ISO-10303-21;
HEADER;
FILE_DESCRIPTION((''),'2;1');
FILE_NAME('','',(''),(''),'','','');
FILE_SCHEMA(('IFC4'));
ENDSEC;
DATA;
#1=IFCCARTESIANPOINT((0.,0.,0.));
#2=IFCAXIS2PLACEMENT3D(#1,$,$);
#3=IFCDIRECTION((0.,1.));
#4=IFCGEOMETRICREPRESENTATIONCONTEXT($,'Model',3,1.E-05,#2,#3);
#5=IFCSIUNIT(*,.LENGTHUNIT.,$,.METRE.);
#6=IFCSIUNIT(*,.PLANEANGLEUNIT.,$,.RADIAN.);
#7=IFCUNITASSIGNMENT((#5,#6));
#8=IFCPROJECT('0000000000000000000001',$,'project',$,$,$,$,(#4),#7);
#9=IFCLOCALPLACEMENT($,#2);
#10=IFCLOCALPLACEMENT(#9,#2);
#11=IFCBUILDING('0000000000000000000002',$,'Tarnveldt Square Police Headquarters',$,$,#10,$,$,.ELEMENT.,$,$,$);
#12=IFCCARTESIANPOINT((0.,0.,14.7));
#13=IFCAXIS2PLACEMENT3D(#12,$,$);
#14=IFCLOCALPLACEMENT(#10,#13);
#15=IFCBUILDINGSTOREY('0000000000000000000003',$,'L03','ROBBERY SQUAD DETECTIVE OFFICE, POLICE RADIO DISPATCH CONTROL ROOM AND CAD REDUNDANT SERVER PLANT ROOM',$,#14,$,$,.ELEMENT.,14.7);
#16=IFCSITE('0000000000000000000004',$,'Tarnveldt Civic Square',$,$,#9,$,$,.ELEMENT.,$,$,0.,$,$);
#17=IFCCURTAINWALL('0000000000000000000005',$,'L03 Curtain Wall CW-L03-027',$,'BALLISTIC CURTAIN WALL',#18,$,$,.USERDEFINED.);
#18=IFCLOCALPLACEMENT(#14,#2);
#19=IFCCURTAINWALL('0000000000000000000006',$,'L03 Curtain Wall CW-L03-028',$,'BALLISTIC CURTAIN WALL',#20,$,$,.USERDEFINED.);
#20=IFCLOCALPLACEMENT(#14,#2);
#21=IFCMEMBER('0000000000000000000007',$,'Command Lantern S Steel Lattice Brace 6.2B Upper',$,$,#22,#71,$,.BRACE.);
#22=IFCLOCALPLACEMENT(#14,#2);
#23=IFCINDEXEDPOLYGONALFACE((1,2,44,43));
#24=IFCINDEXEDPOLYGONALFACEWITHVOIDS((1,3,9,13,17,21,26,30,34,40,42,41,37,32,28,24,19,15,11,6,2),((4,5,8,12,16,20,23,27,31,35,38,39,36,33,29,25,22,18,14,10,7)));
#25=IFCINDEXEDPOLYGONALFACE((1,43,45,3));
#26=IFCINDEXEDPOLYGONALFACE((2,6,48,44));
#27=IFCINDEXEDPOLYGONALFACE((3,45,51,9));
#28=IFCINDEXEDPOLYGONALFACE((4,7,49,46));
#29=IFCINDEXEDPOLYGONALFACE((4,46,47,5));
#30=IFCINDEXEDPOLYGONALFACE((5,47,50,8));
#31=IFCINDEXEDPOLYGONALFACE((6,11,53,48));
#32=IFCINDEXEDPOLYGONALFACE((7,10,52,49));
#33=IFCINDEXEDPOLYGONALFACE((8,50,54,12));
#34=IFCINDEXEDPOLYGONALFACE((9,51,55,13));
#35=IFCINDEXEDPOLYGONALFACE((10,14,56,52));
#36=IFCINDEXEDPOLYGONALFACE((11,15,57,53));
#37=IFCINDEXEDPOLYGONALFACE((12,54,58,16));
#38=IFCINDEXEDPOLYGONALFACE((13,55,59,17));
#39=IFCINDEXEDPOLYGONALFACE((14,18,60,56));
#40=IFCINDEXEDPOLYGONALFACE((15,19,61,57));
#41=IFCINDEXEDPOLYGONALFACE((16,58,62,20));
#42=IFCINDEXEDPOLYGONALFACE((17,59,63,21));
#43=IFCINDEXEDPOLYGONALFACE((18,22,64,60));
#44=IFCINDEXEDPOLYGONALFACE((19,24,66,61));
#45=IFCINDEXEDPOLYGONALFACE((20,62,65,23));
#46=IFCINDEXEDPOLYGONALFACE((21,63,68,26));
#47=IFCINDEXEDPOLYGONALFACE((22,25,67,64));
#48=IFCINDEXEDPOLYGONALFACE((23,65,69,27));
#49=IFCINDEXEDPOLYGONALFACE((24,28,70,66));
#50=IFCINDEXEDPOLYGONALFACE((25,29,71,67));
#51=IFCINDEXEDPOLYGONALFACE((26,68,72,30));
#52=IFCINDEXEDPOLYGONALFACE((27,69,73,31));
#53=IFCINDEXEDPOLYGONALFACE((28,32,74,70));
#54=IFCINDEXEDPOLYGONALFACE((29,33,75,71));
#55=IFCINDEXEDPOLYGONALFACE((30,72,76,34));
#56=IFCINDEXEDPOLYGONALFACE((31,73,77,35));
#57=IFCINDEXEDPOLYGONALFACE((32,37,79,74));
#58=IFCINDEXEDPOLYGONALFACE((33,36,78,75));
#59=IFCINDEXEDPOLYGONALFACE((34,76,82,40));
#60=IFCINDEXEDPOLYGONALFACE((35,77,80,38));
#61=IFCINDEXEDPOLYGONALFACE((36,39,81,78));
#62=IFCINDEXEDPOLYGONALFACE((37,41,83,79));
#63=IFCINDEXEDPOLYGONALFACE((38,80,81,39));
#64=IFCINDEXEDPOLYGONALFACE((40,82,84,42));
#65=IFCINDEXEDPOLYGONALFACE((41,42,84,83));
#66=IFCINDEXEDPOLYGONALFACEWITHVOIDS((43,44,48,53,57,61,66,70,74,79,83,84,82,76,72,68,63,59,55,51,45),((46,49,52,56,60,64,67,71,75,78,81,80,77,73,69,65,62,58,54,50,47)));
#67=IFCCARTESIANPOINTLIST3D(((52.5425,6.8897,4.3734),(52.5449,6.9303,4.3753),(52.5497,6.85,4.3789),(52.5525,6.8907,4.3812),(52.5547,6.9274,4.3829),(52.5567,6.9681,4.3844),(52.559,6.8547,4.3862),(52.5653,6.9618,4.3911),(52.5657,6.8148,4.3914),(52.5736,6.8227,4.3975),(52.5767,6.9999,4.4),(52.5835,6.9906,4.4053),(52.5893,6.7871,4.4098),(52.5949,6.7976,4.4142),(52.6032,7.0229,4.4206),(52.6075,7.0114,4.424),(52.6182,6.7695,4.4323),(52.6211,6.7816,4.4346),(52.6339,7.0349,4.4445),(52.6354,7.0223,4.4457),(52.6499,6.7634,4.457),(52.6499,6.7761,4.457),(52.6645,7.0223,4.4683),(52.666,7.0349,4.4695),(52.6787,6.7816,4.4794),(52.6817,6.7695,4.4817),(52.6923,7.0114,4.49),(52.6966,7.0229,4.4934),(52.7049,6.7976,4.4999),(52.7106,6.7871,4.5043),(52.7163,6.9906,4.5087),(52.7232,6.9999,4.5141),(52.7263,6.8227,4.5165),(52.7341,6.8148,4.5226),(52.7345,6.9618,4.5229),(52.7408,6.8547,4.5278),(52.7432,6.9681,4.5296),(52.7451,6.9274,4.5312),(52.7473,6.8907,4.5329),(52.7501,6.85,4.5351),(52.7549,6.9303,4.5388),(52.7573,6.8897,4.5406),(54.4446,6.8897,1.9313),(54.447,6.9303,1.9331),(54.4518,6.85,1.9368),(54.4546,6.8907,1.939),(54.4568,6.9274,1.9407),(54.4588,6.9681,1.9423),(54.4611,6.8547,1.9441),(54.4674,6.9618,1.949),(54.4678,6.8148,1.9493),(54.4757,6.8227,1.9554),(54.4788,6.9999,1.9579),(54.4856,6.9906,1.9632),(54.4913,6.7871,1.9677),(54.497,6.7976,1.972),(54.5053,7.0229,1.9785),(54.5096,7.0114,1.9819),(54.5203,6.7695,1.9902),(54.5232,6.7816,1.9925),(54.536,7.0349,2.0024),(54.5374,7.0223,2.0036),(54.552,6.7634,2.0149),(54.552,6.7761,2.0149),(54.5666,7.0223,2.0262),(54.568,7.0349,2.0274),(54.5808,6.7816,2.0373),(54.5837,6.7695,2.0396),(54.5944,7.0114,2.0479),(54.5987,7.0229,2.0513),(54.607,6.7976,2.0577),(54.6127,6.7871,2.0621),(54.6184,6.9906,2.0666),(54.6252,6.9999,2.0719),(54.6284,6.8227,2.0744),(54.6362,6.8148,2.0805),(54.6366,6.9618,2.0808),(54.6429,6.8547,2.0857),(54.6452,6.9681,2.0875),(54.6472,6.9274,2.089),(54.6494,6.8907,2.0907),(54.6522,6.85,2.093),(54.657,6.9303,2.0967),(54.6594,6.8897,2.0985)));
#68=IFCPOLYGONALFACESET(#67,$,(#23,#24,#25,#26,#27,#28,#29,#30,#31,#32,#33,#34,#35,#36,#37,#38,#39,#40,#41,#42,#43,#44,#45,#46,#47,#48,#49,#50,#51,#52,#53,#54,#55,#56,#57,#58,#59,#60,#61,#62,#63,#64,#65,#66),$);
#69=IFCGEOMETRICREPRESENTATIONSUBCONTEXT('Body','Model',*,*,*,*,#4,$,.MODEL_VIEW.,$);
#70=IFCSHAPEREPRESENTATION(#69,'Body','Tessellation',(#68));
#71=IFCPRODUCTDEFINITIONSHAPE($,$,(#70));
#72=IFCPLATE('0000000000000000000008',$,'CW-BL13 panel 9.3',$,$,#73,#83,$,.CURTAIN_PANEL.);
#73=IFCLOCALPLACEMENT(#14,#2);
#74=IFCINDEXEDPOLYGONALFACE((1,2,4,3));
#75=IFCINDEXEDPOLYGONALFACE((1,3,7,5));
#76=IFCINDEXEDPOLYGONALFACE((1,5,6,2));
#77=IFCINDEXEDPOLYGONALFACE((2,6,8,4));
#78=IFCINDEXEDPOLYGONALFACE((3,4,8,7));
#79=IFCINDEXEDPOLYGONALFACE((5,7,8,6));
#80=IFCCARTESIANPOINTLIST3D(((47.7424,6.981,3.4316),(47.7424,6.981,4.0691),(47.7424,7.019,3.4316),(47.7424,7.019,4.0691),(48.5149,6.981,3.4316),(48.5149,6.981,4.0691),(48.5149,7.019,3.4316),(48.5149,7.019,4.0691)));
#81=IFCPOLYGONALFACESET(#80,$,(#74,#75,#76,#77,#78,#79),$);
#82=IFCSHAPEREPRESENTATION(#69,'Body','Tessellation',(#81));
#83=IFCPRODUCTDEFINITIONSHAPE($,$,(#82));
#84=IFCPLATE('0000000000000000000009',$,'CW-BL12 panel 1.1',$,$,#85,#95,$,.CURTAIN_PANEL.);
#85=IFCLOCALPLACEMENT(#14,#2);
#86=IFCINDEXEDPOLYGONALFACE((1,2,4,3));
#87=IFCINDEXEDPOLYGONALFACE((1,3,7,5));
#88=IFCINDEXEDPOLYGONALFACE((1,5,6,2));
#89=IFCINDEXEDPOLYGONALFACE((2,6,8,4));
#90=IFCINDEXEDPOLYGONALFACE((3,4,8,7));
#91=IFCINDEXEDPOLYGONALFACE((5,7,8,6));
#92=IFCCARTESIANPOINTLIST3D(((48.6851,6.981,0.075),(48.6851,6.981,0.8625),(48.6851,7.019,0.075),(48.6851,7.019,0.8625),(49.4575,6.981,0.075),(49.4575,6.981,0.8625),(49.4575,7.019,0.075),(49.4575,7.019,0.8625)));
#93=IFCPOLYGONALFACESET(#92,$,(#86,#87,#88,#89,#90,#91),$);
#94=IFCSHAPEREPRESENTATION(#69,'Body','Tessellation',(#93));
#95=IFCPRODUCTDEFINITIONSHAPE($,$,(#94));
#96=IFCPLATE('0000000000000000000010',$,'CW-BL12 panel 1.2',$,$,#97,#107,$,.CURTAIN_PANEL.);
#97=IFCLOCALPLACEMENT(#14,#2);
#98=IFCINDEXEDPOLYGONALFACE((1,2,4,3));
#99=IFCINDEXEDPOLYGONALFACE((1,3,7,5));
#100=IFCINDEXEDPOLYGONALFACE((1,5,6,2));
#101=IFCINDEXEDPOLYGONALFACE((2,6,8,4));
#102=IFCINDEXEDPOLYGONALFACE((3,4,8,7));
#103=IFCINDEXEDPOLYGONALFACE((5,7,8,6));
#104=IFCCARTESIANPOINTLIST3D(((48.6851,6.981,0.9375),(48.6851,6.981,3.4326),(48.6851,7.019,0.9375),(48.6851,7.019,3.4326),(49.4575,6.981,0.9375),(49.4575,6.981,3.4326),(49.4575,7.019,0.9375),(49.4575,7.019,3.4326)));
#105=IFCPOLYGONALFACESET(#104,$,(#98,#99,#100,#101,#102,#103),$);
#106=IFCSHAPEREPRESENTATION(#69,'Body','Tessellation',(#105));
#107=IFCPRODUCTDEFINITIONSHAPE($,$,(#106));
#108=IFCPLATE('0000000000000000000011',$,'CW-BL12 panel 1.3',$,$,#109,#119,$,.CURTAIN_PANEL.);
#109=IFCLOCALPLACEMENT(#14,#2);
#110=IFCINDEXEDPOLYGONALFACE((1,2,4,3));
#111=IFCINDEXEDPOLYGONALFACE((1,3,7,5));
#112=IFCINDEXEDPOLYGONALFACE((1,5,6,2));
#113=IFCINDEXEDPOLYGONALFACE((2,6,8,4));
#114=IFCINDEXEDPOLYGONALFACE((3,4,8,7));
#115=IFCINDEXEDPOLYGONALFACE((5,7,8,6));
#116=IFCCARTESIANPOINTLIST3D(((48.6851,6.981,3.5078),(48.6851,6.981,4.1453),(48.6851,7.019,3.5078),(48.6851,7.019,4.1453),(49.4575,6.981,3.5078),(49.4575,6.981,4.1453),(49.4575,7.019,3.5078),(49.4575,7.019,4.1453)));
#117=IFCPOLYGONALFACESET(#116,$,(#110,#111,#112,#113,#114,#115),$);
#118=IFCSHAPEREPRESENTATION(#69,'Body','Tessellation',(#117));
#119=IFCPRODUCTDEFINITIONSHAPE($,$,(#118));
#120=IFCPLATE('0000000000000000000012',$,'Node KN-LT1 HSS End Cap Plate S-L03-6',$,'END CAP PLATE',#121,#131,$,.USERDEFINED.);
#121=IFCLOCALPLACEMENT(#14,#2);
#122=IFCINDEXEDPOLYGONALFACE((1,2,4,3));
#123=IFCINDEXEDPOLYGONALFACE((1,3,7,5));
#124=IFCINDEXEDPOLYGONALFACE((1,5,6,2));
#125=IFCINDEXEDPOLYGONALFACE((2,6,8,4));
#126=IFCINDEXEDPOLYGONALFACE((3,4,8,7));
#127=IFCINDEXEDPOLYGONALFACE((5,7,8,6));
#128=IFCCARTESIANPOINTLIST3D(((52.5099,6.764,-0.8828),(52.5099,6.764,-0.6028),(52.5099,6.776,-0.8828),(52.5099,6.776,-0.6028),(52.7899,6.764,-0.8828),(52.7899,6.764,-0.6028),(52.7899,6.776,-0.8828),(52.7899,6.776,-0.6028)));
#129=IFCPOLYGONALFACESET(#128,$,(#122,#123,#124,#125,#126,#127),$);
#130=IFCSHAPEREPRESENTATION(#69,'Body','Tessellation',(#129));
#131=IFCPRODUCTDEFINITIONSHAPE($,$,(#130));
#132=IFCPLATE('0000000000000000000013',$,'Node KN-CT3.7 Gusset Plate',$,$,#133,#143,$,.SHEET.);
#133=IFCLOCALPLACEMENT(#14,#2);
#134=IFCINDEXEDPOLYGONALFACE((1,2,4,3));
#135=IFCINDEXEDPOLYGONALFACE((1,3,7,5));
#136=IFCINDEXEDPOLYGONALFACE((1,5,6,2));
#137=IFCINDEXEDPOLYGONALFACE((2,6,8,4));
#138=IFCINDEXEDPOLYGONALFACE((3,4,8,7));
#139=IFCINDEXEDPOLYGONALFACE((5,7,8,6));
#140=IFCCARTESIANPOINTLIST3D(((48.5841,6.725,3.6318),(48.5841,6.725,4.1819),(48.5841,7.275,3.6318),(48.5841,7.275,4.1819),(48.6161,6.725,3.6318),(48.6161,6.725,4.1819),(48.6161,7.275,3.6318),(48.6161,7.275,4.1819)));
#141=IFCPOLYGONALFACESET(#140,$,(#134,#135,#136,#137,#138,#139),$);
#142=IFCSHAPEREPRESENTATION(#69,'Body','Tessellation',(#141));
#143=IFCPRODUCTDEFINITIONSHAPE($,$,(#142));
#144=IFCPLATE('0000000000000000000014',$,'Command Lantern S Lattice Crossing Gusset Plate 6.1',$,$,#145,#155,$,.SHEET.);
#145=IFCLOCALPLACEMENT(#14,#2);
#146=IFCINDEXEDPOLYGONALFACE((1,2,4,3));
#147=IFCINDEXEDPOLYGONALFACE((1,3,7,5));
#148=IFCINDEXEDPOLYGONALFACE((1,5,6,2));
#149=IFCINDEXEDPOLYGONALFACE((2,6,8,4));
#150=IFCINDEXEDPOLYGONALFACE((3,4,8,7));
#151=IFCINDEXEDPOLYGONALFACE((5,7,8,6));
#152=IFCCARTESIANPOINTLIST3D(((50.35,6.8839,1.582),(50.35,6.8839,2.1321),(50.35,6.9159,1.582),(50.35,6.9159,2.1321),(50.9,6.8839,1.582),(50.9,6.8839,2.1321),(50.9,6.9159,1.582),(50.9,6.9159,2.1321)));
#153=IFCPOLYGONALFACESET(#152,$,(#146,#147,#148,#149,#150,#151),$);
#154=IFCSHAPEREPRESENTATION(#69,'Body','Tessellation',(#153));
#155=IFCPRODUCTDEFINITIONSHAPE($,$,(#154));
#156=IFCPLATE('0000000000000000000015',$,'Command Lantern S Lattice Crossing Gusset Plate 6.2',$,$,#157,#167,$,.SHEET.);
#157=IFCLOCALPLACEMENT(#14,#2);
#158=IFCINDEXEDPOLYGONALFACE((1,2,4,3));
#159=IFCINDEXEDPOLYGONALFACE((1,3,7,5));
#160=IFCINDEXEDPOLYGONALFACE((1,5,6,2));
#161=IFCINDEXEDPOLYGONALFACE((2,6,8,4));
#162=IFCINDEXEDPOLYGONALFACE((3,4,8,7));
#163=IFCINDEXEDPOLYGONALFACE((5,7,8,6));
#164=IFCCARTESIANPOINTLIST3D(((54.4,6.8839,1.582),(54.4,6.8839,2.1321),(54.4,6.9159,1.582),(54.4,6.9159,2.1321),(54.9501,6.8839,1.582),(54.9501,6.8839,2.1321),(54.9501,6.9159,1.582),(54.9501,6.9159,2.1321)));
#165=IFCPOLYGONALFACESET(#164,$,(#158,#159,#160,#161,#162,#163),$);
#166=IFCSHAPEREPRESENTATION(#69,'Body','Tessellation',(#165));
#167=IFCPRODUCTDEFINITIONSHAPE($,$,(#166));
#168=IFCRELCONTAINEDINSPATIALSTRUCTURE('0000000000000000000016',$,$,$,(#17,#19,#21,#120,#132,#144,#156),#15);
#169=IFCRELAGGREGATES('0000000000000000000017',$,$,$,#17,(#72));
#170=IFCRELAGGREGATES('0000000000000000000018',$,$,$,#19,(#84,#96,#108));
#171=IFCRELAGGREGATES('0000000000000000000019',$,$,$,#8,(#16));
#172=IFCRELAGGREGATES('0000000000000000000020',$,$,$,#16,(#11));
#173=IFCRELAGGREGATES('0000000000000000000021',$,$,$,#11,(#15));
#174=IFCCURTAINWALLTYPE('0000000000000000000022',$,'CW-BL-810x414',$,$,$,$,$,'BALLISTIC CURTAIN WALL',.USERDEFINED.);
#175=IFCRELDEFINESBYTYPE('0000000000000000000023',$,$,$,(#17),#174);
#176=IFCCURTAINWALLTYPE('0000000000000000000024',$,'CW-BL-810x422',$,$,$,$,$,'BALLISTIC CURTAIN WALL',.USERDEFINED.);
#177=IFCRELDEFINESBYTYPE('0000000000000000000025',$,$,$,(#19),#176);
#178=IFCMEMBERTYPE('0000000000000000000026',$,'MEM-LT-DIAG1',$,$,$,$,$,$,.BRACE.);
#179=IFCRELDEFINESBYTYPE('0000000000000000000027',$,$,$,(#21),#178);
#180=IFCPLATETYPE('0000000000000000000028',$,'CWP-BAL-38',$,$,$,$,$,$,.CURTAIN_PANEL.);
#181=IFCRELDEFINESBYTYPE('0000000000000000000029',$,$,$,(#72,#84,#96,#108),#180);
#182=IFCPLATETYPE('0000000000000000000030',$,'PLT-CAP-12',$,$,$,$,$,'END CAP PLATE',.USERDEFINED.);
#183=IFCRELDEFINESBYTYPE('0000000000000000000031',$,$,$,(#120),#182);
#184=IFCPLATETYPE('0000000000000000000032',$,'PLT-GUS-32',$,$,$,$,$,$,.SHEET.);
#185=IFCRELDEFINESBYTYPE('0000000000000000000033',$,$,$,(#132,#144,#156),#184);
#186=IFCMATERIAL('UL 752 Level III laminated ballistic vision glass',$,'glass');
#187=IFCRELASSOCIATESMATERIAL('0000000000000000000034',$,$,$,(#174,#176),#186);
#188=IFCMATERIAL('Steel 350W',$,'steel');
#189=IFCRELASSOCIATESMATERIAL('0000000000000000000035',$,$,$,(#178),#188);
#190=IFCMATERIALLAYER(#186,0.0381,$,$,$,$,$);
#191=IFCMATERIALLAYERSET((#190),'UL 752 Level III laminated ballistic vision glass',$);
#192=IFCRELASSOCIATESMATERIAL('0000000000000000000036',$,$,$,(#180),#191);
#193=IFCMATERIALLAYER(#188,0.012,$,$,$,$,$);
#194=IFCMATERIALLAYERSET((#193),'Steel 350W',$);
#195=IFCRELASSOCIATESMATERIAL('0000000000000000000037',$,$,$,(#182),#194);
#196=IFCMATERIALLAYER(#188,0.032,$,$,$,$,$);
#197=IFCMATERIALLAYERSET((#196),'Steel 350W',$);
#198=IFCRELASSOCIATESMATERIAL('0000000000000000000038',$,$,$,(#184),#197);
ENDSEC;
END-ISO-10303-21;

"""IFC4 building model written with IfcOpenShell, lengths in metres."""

from ifc_helpers import new_model, si_unit, direction, frame, origin, origin_2d, place, context, subcontext, project, spatial, rectangle, hollow_circle, extrude, material, layer, layer_set, material_profile, profile_set, type_object, element, aggregate, save


model = new_model("IFC4")

# Units and contexts
model_context = context("Model", 3, precision=1e-05, world=origin(), true_north=direction((0.0, 1.0)))
body_context = subcontext(model_context, "Body", "Model", "MODEL_VIEW")
ifc_project = project(units=[si_unit("LENGTHUNIT", "METRE"), si_unit("PLANEANGLEUNIT", "RADIAN")], contexts=[model_context])

# Site, building, storey
site_placement = place(None, origin())
site = spatial("IfcSite", under=ifc_project, at=site_placement, Name="Tarnveldt Civic Square", CompositionType="ELEMENT", RefElevation=0.0)
building_placement = place(site_placement, origin())
building = spatial("IfcBuilding", under=site, at=building_placement, Name="Tarnveldt Square Police Headquarters", CompositionType="ELEMENT")
storey_placement = place(building_placement, frame((0.0, 0.0, 14.7)))
storey = spatial("IfcBuildingStorey", under=building, at=storey_placement, Name="L03", Description="ROBBERY SQUAD DETECTIVE OFFICE, POLICE RADIO DISPATCH CONTROL ROOM AND CAD REDUNDANT SERVER PLANT ROOM", CompositionType="ELEMENT", Elevation=14.7)

# Shared definitions
ifc_material_1 = material(Name="Steel 350W", Category="steel")

# Curtain wall
ifc_material_2 = material(Name="UL 752 Level III laminated ballistic vision glass", Category="glass")
curtain_wall_type_1 = type_object("IfcCurtainWallType", Name="CW-BL-810x414", ElementType="BALLISTIC CURTAIN WALL", PredefinedType="USERDEFINED", material=ifc_material_2)
curtain_wall_1_placement = place(storey_placement, origin())
curtain_wall_1 = element("IfcCurtainWall", 1, at=curtain_wall_1_placement, inside=storey, type_object=curtain_wall_type_1, Name="L03 Curtain Wall CW-L03-027", ObjectType="BALLISTIC CURTAIN WALL", PredefinedType="USERDEFINED")

# Curtain wall
curtain_wall_type_2 = type_object("IfcCurtainWallType", Name="CW-BL-810x422", ElementType="BALLISTIC CURTAIN WALL", PredefinedType="USERDEFINED", material=ifc_material_2)
curtain_wall_2_placement = place(storey_placement, origin())
curtain_wall_2 = element("IfcCurtainWall", 2, at=curtain_wall_2_placement, inside=storey, type_object=curtain_wall_type_2, Name="L03 Curtain Wall CW-L03-028", ObjectType="BALLISTIC CURTAIN WALL", PredefinedType="USERDEFINED")

# Member
ifc_material_profile_1 = material_profile(ifc_material_1, hollow_circle(Radius=0.1365, WallThickness=0.0127, at=origin_2d()), Name="HSS273x13")
ifc_profile_set_1 = profile_set([ifc_material_profile_1], Name="Steel 350W")
member_type_1 = type_object("IfcMemberType", Name="MEM-LT-DIAG1", PredefinedType="BRACE", material=ifc_profile_set_1)
for number, where, z_axis, x_axis, name in (
    (3, (54.552, 6.8999, 2.0149), (-0.614476, 0.0, 0.788936), (0.0, -1.0, 0.0), "Command Lantern S Steel Lattice Brace 6.2B Upper"),
):
    element("IfcMember", number, at=place(storey_placement, frame(where, z_axis=z_axis, x_axis=x_axis)), inside=storey, type_object=member_type_1, Name=name, PredefinedType="BRACE", context=body_context, shape_type="SweptSolid", body=[
        extrude(hollow_circle(Radius=0.1365, WallThickness=0.0127, at=origin_2d()), origin(), (0.0, 0.0, 1.0), 3.0955),
    ])

# Plates
ifc_layer_1 = layer(ifc_material_2, 0.0381)
ifc_layer_set_1 = layer_set([ifc_layer_1], Name="UL 752 Level III laminated ballistic vision glass")
plate_type_1 = type_object("IfcPlateType", Name="CWP-BAL-38", PredefinedType="CURTAIN_PANEL", material=ifc_layer_set_1)
plate_1_placement = place(storey_placement, frame((48.1287, 7.0, 3.4316), z_axis=(0.0, 0.0, 1.0), x_axis=(1.0, 0.0, 0.0)))
plate_1 = element("IfcPlate", 4, at=plate_1_placement, type_object=plate_type_1, Name="CW-BL13 panel 9.3", PredefinedType="CURTAIN_PANEL", context=body_context, shape_type="SweptSolid", body=[
    extrude(rectangle(XDim=0.7725, YDim=0.0381, at=origin_2d()), origin(), (0.0, 0.0, 1.0), 0.6375),
])
aggregate(curtain_wall_1, [plate_1])
plate_2_placement = place(storey_placement, frame((49.0713, 7.0, 0.075), z_axis=(0.0, 0.0, 1.0), x_axis=(1.0, 0.0, 0.0)))
plate_2 = element("IfcPlate", 5, at=plate_2_placement, type_object=plate_type_1, Name="CW-BL12 panel 1.1", PredefinedType="CURTAIN_PANEL", context=body_context, shape_type="SweptSolid", body=[
    extrude(rectangle(XDim=0.7725, YDim=0.0381, at=origin_2d()), origin(), (0.0, 0.0, 1.0), 0.7876),
])
plate_3_placement = place(storey_placement, frame((49.0713, 7.0, 0.9375), z_axis=(0.0, 0.0, 1.0), x_axis=(1.0, 0.0, 0.0)))
plate_3 = element("IfcPlate", 6, at=plate_3_placement, type_object=plate_type_1, Name="CW-BL12 panel 1.2", PredefinedType="CURTAIN_PANEL", context=body_context, shape_type="SweptSolid", body=[
    extrude(rectangle(XDim=0.7725, YDim=0.0381, at=origin_2d()), origin(), (0.0, 0.0, 1.0), 2.4951),
])
plate_4_placement = place(storey_placement, frame((49.0713, 7.0, 3.5078), z_axis=(0.0, 0.0, 1.0), x_axis=(1.0, 0.0, 0.0)))
plate_4 = element("IfcPlate", 7, at=plate_4_placement, type_object=plate_type_1, Name="CW-BL12 panel 1.3", PredefinedType="CURTAIN_PANEL", context=body_context, shape_type="SweptSolid", body=[
    extrude(rectangle(XDim=0.7725, YDim=0.0381, at=origin_2d()), origin(), (0.0, 0.0, 1.0), 0.6375),
])
aggregate(curtain_wall_2, [plate_2, plate_3, plate_4])

# Plates
ifc_layer_2 = layer(ifc_material_1, 0.012)
ifc_layer_set_2 = layer_set([ifc_layer_2], Name="Steel 350W")
plate_type_2 = type_object("IfcPlateType", Name="PLT-CAP-12", ElementType="END CAP PLATE", PredefinedType="USERDEFINED", material=ifc_layer_set_2)
plate_5_placement = place(storey_placement, frame((52.6499, 6.77, -0.8828), z_axis=(0.0, 0.0, 1.0), x_axis=(1.0, 0.0, 0.0)))
element("IfcPlate", 8, at=plate_5_placement, inside=storey, type_object=plate_type_2, Name="Node KN-LT1 HSS End Cap Plate S-L03-6", ObjectType="END CAP PLATE", PredefinedType="USERDEFINED", context=body_context, shape_type="SweptSolid", body=[
    extrude(rectangle(XDim=0.28, YDim=0.012, at=origin_2d()), origin(), (0.0, 0.0, 1.0), 0.28),
])
ifc_layer_3 = layer(ifc_material_1, 0.032)
ifc_layer_set_3 = layer_set([ifc_layer_3], Name="Steel 350W")
plate_type_3 = type_object("IfcPlateType", Name="PLT-GUS-32", PredefinedType="SHEET", material=ifc_layer_set_3)
plate_6_placement = place(storey_placement, frame((48.6001, 7.0, 3.6318), z_axis=(0.0, 0.0, 1.0), x_axis=(1.0, 0.0, 0.0)))
element("IfcPlate", 9, at=plate_6_placement, inside=storey, type_object=plate_type_3, Name="Node KN-CT3.7 Gusset Plate", PredefinedType="SHEET", context=body_context, shape_type="SweptSolid", body=[
    extrude(rectangle(XDim=0.032, YDim=0.55, at=origin_2d()), origin(), (0.0, 0.0, 1.0), 0.55),
])
for number, where, z_axis, x_axis, name in (
    (10, (50.625, 6.8999, 1.582), (0.0, 0.0, 1.0), (1.0, 0.0, 0.0), "Command Lantern S Lattice Crossing Gusset Plate 6.1"),
    (11, (54.675, 6.8999, 1.582), (0.0, 0.0, 1.0), (1.0, 0.0, 0.0), "Command Lantern S Lattice Crossing Gusset Plate 6.2"),
):
    element("IfcPlate", number, at=place(storey_placement, frame(where, z_axis=z_axis, x_axis=x_axis)), inside=storey, type_object=plate_type_3, Name=name, PredefinedType="SHEET", context=body_context, shape_type="SweptSolid", body=[
        extrude(rectangle(XDim=0.55, YDim=0.032, at=origin_2d()), origin(), (0.0, 0.0, 1.0), 0.55),
    ])

save(model, "model.ifc")
